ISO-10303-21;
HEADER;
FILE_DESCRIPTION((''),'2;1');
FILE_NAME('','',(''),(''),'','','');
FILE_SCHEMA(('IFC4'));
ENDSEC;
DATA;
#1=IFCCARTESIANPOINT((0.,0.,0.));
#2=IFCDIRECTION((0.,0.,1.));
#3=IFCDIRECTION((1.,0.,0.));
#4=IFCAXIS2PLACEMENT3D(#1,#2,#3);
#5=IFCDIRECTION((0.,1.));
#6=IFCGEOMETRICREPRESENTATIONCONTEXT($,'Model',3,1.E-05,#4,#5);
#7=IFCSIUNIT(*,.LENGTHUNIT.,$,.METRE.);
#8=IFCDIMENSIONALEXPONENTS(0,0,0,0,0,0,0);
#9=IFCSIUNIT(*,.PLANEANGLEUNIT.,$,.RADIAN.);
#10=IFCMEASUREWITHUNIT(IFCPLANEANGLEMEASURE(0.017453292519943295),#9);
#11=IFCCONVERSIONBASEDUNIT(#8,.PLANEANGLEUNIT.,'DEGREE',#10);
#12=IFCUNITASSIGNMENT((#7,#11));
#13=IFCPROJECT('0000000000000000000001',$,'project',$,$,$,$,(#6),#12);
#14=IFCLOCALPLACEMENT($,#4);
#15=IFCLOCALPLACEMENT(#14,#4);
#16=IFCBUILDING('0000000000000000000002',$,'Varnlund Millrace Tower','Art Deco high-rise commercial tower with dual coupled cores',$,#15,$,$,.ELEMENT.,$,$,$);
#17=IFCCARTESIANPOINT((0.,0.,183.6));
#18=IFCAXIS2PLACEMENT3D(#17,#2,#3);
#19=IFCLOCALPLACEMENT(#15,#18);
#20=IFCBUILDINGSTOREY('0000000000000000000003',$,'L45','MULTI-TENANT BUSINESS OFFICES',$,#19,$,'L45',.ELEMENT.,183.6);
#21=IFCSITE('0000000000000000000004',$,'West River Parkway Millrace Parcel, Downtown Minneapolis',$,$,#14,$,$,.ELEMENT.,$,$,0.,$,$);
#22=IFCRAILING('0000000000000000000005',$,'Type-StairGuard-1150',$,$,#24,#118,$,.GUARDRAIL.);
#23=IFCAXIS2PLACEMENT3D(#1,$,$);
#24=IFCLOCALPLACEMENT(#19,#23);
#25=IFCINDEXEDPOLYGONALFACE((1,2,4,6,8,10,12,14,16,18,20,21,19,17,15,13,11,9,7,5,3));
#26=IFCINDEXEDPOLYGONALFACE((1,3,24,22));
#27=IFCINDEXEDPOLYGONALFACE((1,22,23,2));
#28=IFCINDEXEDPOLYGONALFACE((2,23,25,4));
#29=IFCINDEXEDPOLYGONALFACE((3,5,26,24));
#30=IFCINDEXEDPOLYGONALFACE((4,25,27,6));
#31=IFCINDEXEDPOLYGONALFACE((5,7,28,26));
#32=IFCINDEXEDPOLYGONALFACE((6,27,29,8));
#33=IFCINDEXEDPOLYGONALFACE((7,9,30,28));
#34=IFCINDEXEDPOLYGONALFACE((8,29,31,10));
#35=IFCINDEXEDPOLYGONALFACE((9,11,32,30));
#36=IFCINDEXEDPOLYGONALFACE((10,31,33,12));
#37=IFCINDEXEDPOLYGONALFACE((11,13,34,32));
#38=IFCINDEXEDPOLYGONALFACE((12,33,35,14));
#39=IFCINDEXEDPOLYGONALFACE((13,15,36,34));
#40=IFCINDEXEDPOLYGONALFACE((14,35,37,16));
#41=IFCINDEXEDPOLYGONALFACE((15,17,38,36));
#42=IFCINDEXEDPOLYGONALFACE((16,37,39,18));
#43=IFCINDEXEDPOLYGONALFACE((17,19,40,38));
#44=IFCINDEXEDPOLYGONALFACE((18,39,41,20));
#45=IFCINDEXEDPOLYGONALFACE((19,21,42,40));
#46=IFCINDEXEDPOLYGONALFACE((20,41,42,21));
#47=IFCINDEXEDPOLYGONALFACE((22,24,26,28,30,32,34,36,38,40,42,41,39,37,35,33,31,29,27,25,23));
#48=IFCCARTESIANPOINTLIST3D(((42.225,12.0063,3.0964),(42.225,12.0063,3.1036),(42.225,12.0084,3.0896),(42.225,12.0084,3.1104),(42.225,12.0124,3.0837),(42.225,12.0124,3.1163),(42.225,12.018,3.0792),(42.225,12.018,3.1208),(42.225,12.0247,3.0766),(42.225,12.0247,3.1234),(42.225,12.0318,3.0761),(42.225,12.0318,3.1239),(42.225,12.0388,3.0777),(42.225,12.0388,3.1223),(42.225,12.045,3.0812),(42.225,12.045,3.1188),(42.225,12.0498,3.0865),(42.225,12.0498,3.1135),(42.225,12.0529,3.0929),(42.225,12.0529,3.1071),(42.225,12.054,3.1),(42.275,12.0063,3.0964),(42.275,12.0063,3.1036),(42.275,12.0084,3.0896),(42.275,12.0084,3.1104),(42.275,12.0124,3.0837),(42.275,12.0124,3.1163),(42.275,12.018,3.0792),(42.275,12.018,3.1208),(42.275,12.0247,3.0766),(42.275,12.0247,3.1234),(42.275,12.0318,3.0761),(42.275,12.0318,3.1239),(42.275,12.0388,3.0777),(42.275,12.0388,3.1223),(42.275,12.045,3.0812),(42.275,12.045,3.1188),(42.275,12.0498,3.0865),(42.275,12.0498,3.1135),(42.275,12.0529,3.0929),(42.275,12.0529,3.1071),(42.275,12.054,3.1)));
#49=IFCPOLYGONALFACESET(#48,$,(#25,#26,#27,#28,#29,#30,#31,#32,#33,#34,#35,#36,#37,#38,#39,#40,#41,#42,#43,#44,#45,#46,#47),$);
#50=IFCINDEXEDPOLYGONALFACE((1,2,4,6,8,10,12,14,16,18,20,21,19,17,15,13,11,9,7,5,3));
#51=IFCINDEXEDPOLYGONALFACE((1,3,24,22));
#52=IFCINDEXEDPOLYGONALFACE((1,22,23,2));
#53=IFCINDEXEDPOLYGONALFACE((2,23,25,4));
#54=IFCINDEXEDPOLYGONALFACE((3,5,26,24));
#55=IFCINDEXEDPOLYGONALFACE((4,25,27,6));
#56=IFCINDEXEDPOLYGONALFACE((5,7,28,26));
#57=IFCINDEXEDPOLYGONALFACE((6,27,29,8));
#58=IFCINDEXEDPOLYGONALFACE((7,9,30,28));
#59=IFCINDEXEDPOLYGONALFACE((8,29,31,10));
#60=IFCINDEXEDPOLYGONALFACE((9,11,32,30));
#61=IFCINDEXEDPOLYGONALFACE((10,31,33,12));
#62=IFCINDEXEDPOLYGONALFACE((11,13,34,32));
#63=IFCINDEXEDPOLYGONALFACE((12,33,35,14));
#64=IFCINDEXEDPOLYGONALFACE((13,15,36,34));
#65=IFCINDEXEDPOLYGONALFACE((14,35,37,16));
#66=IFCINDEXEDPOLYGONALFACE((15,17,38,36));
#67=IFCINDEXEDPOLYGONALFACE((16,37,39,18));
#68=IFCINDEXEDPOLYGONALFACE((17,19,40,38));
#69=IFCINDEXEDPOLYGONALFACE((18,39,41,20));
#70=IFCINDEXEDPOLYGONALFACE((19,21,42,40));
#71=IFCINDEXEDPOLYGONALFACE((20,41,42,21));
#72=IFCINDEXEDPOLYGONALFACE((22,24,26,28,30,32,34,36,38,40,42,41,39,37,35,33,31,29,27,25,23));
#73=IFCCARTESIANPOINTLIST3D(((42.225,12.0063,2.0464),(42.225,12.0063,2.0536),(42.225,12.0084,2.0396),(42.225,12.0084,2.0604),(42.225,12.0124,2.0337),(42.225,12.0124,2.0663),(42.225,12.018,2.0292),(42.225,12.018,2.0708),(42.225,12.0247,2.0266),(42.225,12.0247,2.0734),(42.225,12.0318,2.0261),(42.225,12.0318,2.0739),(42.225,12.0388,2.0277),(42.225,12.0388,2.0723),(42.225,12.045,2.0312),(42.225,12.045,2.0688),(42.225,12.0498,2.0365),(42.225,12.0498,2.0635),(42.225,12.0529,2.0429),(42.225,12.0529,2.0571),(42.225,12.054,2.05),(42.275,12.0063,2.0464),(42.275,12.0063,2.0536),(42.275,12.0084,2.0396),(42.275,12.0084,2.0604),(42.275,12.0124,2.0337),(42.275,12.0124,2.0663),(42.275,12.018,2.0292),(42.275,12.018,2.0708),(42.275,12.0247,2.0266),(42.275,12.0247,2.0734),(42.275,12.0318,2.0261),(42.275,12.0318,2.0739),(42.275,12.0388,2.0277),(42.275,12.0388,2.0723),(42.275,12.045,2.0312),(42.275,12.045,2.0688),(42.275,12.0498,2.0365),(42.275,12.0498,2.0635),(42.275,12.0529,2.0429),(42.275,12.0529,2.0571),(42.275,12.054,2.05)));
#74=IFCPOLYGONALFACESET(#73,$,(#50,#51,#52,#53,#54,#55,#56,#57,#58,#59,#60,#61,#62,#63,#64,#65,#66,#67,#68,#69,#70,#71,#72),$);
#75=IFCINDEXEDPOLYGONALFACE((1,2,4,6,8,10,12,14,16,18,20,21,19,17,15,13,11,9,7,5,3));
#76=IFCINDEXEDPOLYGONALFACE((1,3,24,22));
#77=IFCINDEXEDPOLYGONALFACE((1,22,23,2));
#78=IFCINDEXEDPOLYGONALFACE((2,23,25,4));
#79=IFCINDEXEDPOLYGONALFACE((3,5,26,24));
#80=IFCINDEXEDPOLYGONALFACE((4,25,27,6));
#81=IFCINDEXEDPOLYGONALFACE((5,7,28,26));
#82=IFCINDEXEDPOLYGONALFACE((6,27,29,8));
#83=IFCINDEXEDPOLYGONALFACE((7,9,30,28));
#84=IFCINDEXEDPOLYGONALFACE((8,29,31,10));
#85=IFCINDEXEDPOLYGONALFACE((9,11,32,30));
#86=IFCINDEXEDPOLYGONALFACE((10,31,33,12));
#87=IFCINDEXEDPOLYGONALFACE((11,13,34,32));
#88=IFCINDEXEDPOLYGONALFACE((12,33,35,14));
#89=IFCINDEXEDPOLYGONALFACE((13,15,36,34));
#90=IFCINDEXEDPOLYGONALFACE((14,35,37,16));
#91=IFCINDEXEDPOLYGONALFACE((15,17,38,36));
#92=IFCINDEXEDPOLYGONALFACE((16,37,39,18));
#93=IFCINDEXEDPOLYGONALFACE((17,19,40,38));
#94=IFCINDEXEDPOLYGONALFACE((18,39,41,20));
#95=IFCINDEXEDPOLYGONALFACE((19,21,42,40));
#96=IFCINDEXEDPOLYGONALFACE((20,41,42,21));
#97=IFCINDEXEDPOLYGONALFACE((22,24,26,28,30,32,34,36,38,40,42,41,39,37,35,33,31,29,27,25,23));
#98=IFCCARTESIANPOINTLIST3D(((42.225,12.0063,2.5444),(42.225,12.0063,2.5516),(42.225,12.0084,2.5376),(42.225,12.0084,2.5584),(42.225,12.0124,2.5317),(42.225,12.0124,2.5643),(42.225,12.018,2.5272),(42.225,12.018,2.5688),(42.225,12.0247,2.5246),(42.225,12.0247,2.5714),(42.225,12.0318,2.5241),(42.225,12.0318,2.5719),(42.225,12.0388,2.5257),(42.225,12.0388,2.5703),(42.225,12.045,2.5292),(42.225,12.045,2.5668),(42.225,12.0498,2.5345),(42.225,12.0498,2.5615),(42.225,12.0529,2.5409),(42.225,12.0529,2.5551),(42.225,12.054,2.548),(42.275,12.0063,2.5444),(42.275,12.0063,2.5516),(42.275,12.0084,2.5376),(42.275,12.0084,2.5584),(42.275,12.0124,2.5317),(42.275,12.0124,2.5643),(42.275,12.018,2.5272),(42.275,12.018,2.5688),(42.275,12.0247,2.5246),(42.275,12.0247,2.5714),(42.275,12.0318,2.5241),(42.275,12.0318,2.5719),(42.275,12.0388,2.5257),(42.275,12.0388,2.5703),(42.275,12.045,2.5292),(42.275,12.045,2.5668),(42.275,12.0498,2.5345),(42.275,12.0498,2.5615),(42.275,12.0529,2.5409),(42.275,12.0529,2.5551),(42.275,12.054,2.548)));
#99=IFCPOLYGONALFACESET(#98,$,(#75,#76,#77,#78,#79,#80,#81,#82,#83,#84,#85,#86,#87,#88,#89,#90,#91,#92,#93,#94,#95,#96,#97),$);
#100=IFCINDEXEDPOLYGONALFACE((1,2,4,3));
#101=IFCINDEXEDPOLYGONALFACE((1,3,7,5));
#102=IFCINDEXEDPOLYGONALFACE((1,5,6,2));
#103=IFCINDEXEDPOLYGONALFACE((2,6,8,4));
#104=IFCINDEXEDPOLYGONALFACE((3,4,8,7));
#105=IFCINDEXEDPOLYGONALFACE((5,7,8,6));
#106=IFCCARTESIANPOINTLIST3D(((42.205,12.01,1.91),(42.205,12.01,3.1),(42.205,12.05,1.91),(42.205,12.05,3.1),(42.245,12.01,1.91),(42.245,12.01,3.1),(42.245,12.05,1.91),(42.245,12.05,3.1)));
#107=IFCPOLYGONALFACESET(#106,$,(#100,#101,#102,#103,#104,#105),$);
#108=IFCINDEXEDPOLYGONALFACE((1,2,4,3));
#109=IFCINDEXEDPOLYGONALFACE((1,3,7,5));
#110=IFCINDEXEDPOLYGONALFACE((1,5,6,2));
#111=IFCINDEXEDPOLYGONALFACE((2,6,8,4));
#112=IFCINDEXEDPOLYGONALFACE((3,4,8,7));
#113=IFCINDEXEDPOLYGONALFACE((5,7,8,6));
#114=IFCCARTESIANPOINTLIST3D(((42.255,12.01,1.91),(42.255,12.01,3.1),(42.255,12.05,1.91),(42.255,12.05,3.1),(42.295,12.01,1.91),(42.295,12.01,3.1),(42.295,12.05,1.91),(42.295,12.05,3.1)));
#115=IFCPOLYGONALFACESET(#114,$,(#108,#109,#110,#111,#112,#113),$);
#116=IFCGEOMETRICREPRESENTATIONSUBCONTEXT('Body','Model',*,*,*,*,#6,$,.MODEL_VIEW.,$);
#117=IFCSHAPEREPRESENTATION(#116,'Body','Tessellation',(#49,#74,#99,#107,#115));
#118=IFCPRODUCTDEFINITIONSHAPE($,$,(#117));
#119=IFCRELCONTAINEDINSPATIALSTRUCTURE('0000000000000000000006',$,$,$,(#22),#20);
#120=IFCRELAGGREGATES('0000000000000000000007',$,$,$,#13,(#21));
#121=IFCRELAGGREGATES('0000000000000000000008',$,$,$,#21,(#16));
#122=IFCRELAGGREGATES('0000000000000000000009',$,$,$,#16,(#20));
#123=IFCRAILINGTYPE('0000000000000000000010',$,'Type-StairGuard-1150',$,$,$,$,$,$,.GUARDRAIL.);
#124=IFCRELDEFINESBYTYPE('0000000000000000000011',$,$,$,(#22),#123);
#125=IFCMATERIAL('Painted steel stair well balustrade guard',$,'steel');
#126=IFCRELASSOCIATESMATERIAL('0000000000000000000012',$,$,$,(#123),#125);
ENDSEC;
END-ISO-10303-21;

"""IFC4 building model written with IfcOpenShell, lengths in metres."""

from ifc_helpers import new_model, entity, si_unit, converted_unit, direction, frame, origin_with_axes, origin_2d_with_axis, place, context, subcontext, project, spatial, rectangle, circle, extrude, material, type_object, element, save


model = new_model("IFC4")

# Units and contexts
model_context = context("Model", 3, precision=1e-05, world=origin_with_axes(), true_north=direction((0.0, 1.0)))
body_context = subcontext(model_context, "Body", "Model", "MODEL_VIEW")
ifc_project = project(units=[si_unit("LENGTHUNIT", "METRE"), converted_unit("PLANEANGLEUNIT", "DEGREE", entity("IfcPlaneAngleMeasure", 0.017453292519943295), si_unit("PLANEANGLEUNIT", "RADIAN"), dimensions=[0, 0, 0, 0, 0, 0, 0])], contexts=[model_context])

# Site, building, storey
site_placement = place(None, origin_with_axes())
site = spatial("IfcSite", under=ifc_project, at=site_placement, Name="West River Parkway Millrace Parcel, Downtown Minneapolis", CompositionType="ELEMENT", RefElevation=0.0)
building_placement = place(site_placement, origin_with_axes())
building = spatial("IfcBuilding", under=site, at=building_placement, Name="Varnlund Millrace Tower", Description="Art Deco high-rise commercial tower with dual coupled cores", CompositionType="ELEMENT")
storey_placement = place(building_placement, frame((0.0, 0.0, 183.6), z_axis=(0.0, 0.0, 1.0), x_axis=(1.0, 0.0, 0.0)))
storey = spatial("IfcBuildingStorey", under=building, at=storey_placement, Name="L45", Description="MULTI-TENANT BUSINESS OFFICES", LongName="L45", CompositionType="ELEMENT", Elevation=183.6)

# Railing
ifc_material_1 = material(Name="Painted steel stair well balustrade guard", Category="steel")
railing_type_1 = type_object("IfcRailingType", Name="Type-StairGuard-1150", PredefinedType="GUARDRAIL", material=ifc_material_1)
railing_1_placement = place(storey_placement, frame((0.0, 0.0, -183.6), z_axis=(0.0, 0.0, 1.0), x_axis=(1.0, 0.0, 0.0)))
element("IfcRailing", 1, at=railing_1_placement, inside=storey, type_object=railing_type_1, Name="Type-StairGuard-1150", PredefinedType="GUARDRAIL", context=body_context, shape_type="SweptSolid", body=[
    extrude(circle(Radius=0.024, at=origin_2d_with_axis()), frame((42.225, 12.03, 186.7), z_axis=(1.0, 0.0, 0.0), x_axis=(0.0, 1.0, 0.0)), (0.0, 0.0, 1.0), 0.05),
    extrude(circle(Radius=0.024, at=origin_2d_with_axis()), frame((42.225, 12.03, 185.65), z_axis=(1.0, 0.0, 0.0), x_axis=(0.0, 1.0, 0.0)), (0.0, 0.0, 1.0), 0.05),
    extrude(circle(Radius=0.024, at=origin_2d_with_axis()), frame((42.225, 12.03, 186.148), z_axis=(1.0, 0.0, 0.0), x_axis=(0.0, 1.0, 0.0)), (0.0, 0.0, 1.0), 0.05),
    extrude(rectangle(XDim=0.04, YDim=0.04, at=origin_2d_with_axis()), frame((42.225, 12.03, 185.51), z_axis=(0.0, 0.0, 1.0), x_axis=(1.0, 0.0, 0.0)), (0.0, 0.0, 1.0), 1.19),
    extrude(rectangle(XDim=0.04, YDim=0.04, at=origin_2d_with_axis()), frame((42.275, 12.03, 185.51), z_axis=(0.0, 0.0, 1.0), x_axis=(1.0, 0.0, 0.0)), (0.0, 0.0, 1.0), 1.19),
])

save(model, "model.ifc")
